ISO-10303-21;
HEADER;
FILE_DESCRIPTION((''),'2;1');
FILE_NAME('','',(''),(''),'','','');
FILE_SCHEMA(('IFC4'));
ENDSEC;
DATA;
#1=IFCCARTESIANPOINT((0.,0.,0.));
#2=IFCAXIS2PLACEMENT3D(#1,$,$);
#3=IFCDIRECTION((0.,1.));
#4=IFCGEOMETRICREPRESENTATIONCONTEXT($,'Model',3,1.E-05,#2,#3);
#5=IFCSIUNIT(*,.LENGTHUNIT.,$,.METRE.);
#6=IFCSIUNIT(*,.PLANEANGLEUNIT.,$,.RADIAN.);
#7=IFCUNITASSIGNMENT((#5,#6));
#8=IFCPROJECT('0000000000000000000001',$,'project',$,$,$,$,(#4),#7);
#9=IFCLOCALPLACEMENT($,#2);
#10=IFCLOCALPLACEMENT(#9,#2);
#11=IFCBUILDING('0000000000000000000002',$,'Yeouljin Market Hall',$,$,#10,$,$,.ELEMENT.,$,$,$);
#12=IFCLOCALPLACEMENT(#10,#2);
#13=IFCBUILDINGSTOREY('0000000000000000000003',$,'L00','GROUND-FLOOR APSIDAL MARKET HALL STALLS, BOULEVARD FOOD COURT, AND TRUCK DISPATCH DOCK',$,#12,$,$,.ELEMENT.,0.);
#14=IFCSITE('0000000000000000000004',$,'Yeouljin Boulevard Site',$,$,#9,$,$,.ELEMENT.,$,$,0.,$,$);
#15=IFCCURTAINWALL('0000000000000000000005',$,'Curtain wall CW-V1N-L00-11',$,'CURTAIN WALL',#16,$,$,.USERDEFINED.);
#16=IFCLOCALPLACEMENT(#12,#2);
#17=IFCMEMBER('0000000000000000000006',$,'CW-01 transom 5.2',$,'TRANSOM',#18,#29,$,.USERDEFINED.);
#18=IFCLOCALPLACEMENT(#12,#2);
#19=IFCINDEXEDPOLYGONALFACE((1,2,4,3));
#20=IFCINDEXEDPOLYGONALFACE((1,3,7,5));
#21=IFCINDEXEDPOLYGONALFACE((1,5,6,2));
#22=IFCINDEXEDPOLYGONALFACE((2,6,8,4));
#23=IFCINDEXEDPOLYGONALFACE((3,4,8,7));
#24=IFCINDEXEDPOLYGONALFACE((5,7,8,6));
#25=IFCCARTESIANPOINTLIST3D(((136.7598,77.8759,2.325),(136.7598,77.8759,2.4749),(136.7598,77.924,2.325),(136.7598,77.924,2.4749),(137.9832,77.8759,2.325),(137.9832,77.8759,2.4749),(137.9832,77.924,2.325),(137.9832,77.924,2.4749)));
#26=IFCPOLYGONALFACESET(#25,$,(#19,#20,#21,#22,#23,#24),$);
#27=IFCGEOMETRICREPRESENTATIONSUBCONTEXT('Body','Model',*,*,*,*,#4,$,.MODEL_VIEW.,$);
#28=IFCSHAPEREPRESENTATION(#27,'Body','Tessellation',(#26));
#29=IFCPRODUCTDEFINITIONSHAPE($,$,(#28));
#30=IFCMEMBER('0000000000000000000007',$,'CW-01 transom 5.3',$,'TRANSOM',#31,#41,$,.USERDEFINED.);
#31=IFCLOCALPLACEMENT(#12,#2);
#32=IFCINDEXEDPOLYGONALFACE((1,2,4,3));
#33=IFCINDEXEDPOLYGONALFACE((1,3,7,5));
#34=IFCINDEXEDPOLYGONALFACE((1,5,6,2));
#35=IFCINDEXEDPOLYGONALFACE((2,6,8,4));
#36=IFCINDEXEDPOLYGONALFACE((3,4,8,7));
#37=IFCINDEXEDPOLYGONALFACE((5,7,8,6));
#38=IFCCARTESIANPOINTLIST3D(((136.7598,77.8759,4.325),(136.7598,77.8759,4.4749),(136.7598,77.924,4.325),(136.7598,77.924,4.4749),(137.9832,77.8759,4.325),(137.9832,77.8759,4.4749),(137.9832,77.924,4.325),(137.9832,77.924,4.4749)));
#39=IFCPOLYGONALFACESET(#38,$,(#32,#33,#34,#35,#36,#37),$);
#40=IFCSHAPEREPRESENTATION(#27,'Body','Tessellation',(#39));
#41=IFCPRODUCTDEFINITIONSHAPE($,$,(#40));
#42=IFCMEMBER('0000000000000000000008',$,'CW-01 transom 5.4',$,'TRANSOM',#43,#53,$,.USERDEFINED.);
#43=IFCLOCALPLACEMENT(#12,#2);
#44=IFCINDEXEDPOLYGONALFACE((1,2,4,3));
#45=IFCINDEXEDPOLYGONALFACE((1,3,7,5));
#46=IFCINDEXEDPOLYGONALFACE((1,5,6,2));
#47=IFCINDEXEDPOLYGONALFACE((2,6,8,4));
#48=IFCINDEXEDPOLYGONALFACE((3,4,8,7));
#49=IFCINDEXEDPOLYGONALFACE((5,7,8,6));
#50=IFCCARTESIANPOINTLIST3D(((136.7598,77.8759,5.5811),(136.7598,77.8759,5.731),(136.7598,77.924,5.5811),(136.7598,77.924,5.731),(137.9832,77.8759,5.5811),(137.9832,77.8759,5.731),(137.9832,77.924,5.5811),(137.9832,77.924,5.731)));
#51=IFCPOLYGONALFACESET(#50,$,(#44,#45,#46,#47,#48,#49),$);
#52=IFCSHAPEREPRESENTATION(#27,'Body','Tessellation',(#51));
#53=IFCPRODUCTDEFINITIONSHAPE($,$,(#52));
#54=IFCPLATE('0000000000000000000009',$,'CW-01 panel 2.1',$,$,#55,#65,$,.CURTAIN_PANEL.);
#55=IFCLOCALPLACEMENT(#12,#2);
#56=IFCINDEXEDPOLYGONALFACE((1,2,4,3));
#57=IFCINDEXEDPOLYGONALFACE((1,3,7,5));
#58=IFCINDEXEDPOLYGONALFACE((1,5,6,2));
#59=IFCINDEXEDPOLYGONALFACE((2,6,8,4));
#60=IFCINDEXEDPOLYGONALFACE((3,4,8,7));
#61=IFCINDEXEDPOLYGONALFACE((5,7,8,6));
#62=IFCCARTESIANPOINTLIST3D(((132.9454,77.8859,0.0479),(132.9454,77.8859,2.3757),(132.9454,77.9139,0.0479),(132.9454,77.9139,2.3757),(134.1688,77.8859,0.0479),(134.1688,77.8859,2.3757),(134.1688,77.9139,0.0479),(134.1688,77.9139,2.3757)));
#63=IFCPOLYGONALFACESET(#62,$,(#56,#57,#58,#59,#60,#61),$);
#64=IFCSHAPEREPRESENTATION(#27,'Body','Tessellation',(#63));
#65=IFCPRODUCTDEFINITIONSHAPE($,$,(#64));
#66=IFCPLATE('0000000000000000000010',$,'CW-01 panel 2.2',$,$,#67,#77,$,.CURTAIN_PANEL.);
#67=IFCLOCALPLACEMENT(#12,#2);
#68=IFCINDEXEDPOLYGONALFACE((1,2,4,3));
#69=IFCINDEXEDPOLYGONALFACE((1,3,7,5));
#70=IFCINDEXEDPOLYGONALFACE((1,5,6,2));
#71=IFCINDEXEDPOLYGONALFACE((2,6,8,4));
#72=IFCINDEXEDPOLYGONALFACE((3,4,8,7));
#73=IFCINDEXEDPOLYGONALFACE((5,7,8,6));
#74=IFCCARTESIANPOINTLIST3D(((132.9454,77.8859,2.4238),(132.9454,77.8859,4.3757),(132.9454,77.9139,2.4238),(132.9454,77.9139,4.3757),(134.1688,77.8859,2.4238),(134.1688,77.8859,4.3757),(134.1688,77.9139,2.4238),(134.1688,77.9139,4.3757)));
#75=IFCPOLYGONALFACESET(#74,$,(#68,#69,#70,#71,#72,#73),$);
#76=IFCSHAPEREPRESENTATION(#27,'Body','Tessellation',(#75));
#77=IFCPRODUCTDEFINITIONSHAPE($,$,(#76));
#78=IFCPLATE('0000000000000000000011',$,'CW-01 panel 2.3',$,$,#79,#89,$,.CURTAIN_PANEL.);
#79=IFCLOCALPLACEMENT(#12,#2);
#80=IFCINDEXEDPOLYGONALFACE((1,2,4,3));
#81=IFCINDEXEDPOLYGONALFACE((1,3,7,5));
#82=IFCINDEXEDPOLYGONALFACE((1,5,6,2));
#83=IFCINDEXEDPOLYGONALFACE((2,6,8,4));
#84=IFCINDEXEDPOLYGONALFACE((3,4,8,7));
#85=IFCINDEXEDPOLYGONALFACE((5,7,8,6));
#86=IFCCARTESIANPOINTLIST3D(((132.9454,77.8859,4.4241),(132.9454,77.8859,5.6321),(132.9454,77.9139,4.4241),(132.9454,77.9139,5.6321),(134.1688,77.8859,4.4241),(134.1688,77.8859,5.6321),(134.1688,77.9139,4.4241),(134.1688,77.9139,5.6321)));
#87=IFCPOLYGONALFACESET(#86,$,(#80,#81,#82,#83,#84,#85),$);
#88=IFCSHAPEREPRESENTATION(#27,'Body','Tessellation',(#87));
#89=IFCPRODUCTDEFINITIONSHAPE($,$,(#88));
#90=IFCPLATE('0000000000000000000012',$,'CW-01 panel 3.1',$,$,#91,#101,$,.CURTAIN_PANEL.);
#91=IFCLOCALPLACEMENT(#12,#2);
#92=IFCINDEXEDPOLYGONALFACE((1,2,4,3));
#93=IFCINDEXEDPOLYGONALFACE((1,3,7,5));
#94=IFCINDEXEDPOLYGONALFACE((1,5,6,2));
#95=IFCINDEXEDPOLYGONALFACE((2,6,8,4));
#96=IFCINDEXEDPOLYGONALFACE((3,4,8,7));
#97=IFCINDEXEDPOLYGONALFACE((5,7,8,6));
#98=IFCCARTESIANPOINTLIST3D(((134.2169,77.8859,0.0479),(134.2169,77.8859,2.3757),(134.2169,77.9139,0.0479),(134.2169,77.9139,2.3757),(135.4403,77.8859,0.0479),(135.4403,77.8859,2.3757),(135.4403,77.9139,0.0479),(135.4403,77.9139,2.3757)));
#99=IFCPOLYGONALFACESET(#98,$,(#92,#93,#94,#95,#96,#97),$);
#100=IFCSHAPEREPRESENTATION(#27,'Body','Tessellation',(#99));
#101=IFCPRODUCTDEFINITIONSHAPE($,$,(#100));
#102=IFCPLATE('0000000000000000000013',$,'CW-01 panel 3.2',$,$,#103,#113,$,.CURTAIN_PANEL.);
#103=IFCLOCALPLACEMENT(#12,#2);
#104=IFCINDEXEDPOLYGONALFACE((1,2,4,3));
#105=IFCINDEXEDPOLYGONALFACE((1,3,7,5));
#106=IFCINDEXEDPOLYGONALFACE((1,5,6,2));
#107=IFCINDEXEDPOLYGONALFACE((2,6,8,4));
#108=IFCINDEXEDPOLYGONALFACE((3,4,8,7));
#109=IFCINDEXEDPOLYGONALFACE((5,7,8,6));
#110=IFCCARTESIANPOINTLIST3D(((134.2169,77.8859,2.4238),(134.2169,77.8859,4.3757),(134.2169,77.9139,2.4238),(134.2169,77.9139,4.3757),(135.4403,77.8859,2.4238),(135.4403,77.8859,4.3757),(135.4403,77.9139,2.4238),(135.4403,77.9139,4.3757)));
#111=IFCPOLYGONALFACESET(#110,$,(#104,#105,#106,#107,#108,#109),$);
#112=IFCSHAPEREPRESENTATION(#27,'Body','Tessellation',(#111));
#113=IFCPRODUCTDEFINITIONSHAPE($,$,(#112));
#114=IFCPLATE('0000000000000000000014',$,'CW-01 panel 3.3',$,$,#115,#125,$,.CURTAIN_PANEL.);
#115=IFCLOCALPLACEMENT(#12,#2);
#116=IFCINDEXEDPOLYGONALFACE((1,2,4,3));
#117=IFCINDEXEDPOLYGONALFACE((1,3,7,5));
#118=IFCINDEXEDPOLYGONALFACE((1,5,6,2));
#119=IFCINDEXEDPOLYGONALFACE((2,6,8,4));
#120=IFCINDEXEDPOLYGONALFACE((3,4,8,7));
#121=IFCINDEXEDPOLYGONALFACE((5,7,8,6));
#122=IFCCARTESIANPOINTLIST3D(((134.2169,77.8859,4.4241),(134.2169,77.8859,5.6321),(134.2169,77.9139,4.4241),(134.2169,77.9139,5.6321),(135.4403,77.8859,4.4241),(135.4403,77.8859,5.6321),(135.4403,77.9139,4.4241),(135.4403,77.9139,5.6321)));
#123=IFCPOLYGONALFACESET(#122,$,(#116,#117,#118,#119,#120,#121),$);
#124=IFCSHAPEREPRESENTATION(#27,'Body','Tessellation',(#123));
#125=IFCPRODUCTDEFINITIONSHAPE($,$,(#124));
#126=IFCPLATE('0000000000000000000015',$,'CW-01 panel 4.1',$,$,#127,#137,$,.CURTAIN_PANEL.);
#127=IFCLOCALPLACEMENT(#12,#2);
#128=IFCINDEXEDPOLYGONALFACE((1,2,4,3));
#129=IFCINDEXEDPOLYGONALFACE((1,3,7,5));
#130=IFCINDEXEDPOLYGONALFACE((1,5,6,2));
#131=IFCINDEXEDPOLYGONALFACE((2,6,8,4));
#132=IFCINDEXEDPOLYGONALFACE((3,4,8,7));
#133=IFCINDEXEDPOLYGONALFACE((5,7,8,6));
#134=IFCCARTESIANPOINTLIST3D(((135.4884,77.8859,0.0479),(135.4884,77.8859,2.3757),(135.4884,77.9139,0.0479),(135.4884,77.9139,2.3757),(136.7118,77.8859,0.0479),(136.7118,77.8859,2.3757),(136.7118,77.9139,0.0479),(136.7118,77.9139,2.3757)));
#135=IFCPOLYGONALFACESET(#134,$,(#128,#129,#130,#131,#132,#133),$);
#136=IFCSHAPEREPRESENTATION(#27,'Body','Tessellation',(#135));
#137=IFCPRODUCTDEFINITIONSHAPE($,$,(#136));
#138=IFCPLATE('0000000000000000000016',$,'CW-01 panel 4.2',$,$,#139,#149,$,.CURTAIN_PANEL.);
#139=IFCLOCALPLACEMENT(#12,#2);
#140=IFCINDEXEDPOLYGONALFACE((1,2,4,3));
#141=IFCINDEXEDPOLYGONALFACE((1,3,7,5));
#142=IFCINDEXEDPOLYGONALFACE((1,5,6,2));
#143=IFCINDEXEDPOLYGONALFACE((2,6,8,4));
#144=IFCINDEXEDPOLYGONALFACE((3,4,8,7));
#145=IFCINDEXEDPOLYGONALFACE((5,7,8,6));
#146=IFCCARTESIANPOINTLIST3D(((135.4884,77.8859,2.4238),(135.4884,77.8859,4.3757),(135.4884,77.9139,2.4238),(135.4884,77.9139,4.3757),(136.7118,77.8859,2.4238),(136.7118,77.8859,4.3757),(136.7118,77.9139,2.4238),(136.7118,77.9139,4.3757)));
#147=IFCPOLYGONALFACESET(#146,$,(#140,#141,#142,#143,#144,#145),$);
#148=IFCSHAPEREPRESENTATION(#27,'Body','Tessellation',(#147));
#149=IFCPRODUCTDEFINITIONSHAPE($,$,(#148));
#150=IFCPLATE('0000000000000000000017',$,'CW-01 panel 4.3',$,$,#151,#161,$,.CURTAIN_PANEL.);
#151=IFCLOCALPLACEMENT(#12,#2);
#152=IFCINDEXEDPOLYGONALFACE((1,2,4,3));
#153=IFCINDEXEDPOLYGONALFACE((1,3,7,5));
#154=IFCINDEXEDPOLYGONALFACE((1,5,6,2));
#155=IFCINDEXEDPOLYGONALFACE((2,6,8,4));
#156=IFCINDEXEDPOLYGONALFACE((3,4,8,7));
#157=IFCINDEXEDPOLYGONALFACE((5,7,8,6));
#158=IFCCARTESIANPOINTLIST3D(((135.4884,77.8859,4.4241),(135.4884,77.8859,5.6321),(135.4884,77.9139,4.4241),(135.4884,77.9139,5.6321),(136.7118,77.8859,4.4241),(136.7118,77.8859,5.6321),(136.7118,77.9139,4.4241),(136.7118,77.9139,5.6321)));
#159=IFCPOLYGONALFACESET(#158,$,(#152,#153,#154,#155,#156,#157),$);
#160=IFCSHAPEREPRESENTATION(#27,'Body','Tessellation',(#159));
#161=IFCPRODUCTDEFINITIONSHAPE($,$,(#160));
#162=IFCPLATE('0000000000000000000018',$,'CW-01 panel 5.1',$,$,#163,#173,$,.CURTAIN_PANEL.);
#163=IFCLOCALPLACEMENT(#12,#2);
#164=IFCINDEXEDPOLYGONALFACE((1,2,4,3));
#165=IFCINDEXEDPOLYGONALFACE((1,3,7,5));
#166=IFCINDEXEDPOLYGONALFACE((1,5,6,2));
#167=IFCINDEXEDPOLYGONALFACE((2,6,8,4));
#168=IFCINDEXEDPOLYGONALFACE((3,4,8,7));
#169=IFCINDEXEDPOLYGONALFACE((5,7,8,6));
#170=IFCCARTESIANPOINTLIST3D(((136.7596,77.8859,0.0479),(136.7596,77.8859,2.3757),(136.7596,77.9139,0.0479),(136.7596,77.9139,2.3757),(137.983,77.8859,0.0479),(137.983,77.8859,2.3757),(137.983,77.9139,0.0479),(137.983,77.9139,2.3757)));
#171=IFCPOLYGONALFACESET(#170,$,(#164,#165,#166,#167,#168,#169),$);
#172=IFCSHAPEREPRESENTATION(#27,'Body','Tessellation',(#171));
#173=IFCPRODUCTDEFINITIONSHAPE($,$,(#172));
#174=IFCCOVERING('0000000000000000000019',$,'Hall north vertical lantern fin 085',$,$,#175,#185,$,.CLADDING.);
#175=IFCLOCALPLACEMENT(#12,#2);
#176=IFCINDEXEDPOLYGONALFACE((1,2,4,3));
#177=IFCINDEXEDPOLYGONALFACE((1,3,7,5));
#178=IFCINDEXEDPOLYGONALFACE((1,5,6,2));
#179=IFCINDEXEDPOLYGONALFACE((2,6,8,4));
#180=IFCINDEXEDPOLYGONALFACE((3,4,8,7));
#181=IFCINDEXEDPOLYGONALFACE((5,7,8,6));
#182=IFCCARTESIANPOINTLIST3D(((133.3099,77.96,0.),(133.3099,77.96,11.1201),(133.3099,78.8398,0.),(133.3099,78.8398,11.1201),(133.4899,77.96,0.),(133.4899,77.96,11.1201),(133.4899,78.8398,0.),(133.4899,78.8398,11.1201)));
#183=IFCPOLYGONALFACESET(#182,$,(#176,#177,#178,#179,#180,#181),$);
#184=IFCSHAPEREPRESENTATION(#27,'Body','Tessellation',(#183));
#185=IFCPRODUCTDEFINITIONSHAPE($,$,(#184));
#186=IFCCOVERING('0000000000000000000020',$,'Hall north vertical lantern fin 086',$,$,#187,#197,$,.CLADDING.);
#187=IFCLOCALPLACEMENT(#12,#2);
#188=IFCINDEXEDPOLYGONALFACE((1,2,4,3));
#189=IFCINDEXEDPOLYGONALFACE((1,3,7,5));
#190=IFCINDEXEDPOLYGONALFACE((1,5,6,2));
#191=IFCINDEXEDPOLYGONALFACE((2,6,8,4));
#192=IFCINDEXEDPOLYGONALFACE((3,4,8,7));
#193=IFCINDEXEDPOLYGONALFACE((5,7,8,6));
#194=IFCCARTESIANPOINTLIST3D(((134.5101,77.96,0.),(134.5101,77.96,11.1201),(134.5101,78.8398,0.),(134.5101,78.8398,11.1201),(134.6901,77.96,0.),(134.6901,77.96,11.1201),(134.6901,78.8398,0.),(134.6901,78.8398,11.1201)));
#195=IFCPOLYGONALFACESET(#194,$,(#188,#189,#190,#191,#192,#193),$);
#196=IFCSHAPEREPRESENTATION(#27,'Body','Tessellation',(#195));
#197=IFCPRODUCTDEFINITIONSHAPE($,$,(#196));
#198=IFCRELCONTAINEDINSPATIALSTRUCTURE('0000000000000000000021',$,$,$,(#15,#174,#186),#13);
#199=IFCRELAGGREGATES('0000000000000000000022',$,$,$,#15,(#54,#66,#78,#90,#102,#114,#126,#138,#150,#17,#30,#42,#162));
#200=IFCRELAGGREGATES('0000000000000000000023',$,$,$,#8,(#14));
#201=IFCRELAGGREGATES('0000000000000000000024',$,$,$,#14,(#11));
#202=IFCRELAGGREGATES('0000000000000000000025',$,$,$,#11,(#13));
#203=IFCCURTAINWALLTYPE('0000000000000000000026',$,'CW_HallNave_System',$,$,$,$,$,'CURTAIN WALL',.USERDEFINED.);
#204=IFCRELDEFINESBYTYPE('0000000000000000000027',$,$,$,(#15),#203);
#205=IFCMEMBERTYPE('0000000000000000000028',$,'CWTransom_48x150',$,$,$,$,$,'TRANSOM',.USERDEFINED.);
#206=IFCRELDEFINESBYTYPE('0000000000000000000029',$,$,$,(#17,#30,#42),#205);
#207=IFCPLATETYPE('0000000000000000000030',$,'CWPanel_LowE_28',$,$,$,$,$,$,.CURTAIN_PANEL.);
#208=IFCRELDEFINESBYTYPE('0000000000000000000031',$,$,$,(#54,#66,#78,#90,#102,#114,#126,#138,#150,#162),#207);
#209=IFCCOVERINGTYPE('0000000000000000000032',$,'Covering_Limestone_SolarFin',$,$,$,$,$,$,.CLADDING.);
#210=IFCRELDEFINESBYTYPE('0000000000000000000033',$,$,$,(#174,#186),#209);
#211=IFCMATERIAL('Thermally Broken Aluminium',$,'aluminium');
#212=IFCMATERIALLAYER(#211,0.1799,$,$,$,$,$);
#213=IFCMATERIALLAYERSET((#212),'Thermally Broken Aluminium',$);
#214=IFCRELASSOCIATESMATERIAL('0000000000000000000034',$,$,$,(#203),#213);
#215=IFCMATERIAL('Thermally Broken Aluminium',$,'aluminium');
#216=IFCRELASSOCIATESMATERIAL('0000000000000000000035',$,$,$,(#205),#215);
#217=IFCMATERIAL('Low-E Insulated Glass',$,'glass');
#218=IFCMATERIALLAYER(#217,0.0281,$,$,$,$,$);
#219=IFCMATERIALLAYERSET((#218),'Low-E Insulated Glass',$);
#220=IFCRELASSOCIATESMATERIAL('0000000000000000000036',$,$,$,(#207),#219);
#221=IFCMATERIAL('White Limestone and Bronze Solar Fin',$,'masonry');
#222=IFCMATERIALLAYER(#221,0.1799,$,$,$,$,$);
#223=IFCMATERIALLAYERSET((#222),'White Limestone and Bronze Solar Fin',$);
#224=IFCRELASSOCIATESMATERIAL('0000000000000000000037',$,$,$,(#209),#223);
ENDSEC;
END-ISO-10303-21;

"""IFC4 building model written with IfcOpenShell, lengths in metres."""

from ifc_helpers import new_model, si_unit, direction, frame, origin, origin_2d, place, context, subcontext, project, spatial, rectangle, extrude, material, layer, layer_set, material_profile, profile_set, type_object, element, aggregate, save


model = new_model("IFC4")

# Units and contexts
model_context = context("Model", 3, precision=1e-05, world=origin(), true_north=direction((0.0, 1.0)))
body_context = subcontext(model_context, "Body", "Model", "MODEL_VIEW")
ifc_project = project(units=[si_unit("LENGTHUNIT", "METRE"), si_unit("PLANEANGLEUNIT", "RADIAN")], contexts=[model_context])

# Site, building, storey
site_placement = place(None, origin())
site = spatial("IfcSite", under=ifc_project, at=site_placement, Name="Yeouljin Boulevard Site", CompositionType="ELEMENT", RefElevation=0.0)
building_placement = place(site_placement, origin())
building = spatial("IfcBuilding", under=site, at=building_placement, Name="Yeouljin Market Hall", CompositionType="ELEMENT")
storey_placement = place(building_placement, origin())
storey = spatial("IfcBuildingStorey", under=building, at=storey_placement, Name="L00", Description="GROUND-FLOOR APSIDAL MARKET HALL STALLS, BOULEVARD FOOD COURT, AND TRUCK DISPATCH DOCK", CompositionType="ELEMENT", Elevation=0.0)

# Curtain wall, members, plates
ifc_material_1 = material(Name="Thermally Broken Aluminium", Category="aluminium")
ifc_layer_1 = layer(ifc_material_1, 0.1799)
ifc_layer_set_1 = layer_set([ifc_layer_1], Name="Thermally Broken Aluminium")
curtain_wall_type = type_object("IfcCurtainWallType", Name="CW_HallNave_System", ElementType="CURTAIN WALL", PredefinedType="USERDEFINED", material=ifc_layer_set_1)
curtain_wall_placement = place(storey_placement, origin())
curtain_wall = element("IfcCurtainWall", 1, at=curtain_wall_placement, inside=storey, type_object=curtain_wall_type, Name="Curtain wall CW-V1N-L00-11", ObjectType="CURTAIN WALL", PredefinedType="USERDEFINED")
ifc_material_2 = material(Name="Thermally Broken Aluminium", Category="aluminium")
ifc_material_profile_1 = material_profile(ifc_material_2, rectangle(XDim=0.0481, YDim=0.1499, at=origin_2d()), Name="CW-TRAN-48x150")
ifc_profile_set_1 = profile_set([ifc_material_profile_1], Name="Thermally Broken Aluminium")
member_type_1 = type_object("IfcMemberType", Name="CWTransom_48x150", ElementType="TRANSOM", PredefinedType="USERDEFINED", material=ifc_profile_set_1)
member_1_placement = place(storey_placement, frame((136.7598, 77.8999, 2.3999), z_axis=(1.0, 0.0, 0.0), x_axis=(0.0, 1.0, 0.0)))
member_1 = element("IfcMember", 2, at=member_1_placement, type_object=member_type_1, Name="CW-01 transom 5.2", ObjectType="TRANSOM", PredefinedType="USERDEFINED", context=body_context, shape_type="SweptSolid", body=[
    extrude(rectangle(XDim=0.0481, YDim=0.1499, at=origin_2d()), origin(), (0.0, 0.0, 1.0), 1.2234),
])
member_2_placement = place(storey_placement, frame((136.7598, 77.8999, 4.3999), z_axis=(1.0, 0.0, 0.0), x_axis=(0.0, 1.0, 0.0)))
member_2 = element("IfcMember", 3, at=member_2_placement, type_object=member_type_1, Name="CW-01 transom 5.3", ObjectType="TRANSOM", PredefinedType="USERDEFINED", context=body_context, shape_type="SweptSolid", body=[
    extrude(rectangle(XDim=0.0481, YDim=0.1499, at=origin_2d()), origin(), (0.0, 0.0, 1.0), 1.2234),
])
member_3_placement = place(storey_placement, frame((136.7598, 77.8999, 5.656), z_axis=(1.0, 0.0, 0.0), x_axis=(0.0, 1.0, 0.0)))
member_3 = element("IfcMember", 4, at=member_3_placement, type_object=member_type_1, Name="CW-01 transom 5.4", ObjectType="TRANSOM", PredefinedType="USERDEFINED", context=body_context, shape_type="SweptSolid", body=[
    extrude(rectangle(XDim=0.0481, YDim=0.1499, at=origin_2d()), origin(), (0.0, 0.0, 1.0), 1.2234),
])
ifc_material_3 = material(Name="Low-E Insulated Glass", Category="glass")
ifc_layer_2 = layer(ifc_material_3, 0.0281)
ifc_layer_set_2 = layer_set([ifc_layer_2], Name="Low-E Insulated Glass")
plate_type = type_object("IfcPlateType", Name="CWPanel_LowE_28", PredefinedType="CURTAIN_PANEL", material=ifc_layer_set_2)
plate_1_placement = place(storey_placement, frame((133.5571, 77.8999, 0.0479), z_axis=(0.0, 0.0, 1.0), x_axis=(1.0, 0.0, 0.0)))
plate_1 = element("IfcPlate", 5, at=plate_1_placement, type_object=plate_type, Name="CW-01 panel 2.1", PredefinedType="CURTAIN_PANEL", context=body_context, shape_type="SweptSolid", body=[
    extrude(rectangle(XDim=1.2234, YDim=0.0281, at=origin_2d()), origin(), (0.0, 0.0, 1.0), 2.3279),
])
plate_2_placement = place(storey_placement, frame((133.5571, 77.8999, 2.4238), z_axis=(0.0, 0.0, 1.0), x_axis=(1.0, 0.0, 0.0)))
plate_2 = element("IfcPlate", 6, at=plate_2_placement, type_object=plate_type, Name="CW-01 panel 2.2", PredefinedType="CURTAIN_PANEL", context=body_context, shape_type="SweptSolid", body=[
    extrude(rectangle(XDim=1.2234, YDim=0.0281, at=origin_2d()), origin(), (0.0, 0.0, 1.0), 1.9519),
])
plate_3_placement = place(storey_placement, frame((133.5571, 77.8999, 4.4241), z_axis=(0.0, 0.0, 1.0), x_axis=(1.0, 0.0, 0.0)))
plate_3 = element("IfcPlate", 7, at=plate_3_placement, type_object=plate_type, Name="CW-01 panel 2.3", PredefinedType="CURTAIN_PANEL", context=body_context, shape_type="SweptSolid", body=[
    extrude(rectangle(XDim=1.2234, YDim=0.0281, at=origin_2d()), origin(), (0.0, 0.0, 1.0), 1.208),
])
plate_4_placement = place(storey_placement, frame((134.8286, 77.8999, 0.0479), z_axis=(0.0, 0.0, 1.0), x_axis=(1.0, 0.0, 0.0)))
plate_4 = element("IfcPlate", 8, at=plate_4_placement, type_object=plate_type, Name="CW-01 panel 3.1", PredefinedType="CURTAIN_PANEL", context=body_context, shape_type="SweptSolid", body=[
    extrude(rectangle(XDim=1.2234, YDim=0.0281, at=origin_2d()), origin(), (0.0, 0.0, 1.0), 2.3279),
])
plate_5_placement = place(storey_placement, frame((134.8286, 77.8999, 2.4238), z_axis=(0.0, 0.0, 1.0), x_axis=(1.0, 0.0, 0.0)))
plate_5 = element("IfcPlate", 9, at=plate_5_placement, type_object=plate_type, Name="CW-01 panel 3.2", PredefinedType="CURTAIN_PANEL", context=body_context, shape_type="SweptSolid", body=[
    extrude(rectangle(XDim=1.2234, YDim=0.0281, at=origin_2d()), origin(), (0.0, 0.0, 1.0), 1.9519),
])
plate_6_placement = place(storey_placement, frame((134.8286, 77.8999, 4.4241), z_axis=(0.0, 0.0, 1.0), x_axis=(1.0, 0.0, 0.0)))
plate_6 = element("IfcPlate", 10, at=plate_6_placement, type_object=plate_type, Name="CW-01 panel 3.3", PredefinedType="CURTAIN_PANEL", context=body_context, shape_type="SweptSolid", body=[
    extrude(rectangle(XDim=1.2234, YDim=0.0281, at=origin_2d()), origin(), (0.0, 0.0, 1.0), 1.208),
])
plate_7_placement = place(storey_placement, frame((136.1001, 77.8999, 0.0479), z_axis=(0.0, 0.0, 1.0), x_axis=(1.0, 0.0, 0.0)))
plate_7 = element("IfcPlate", 11, at=plate_7_placement, type_object=plate_type, Name="CW-01 panel 4.1", PredefinedType="CURTAIN_PANEL", context=body_context, shape_type="SweptSolid", body=[
    extrude(rectangle(XDim=1.2234, YDim=0.0281, at=origin_2d()), origin(), (0.0, 0.0, 1.0), 2.3279),
])
plate_8_placement = place(storey_placement, frame((136.1001, 77.8999, 2.4238), z_axis=(0.0, 0.0, 1.0), x_axis=(1.0, 0.0, 0.0)))
plate_8 = element("IfcPlate", 12, at=plate_8_placement, type_object=plate_type, Name="CW-01 panel 4.2", PredefinedType="CURTAIN_PANEL", context=body_context, shape_type="SweptSolid", body=[
    extrude(rectangle(XDim=1.2234, YDim=0.0281, at=origin_2d()), origin(), (0.0, 0.0, 1.0), 1.9519),
])
plate_9_placement = place(storey_placement, frame((136.1001, 77.8999, 4.4241), z_axis=(0.0, 0.0, 1.0), x_axis=(1.0, 0.0, 0.0)))
plate_9 = element("IfcPlate", 13, at=plate_9_placement, type_object=plate_type, Name="CW-01 panel 4.3", PredefinedType="CURTAIN_PANEL", context=body_context, shape_type="SweptSolid", body=[
    extrude(rectangle(XDim=1.2234, YDim=0.0281, at=origin_2d()), origin(), (0.0, 0.0, 1.0), 1.208),
])
plate_10_placement = place(storey_placement, frame((137.3713, 77.8999, 0.0479), z_axis=(0.0, 0.0, 1.0), x_axis=(1.0, 0.0, 0.0)))
plate_10 = element("IfcPlate", 14, at=plate_10_placement, type_object=plate_type, Name="CW-01 panel 5.1", PredefinedType="CURTAIN_PANEL", context=body_context, shape_type="SweptSolid", body=[
    extrude(rectangle(XDim=1.2234, YDim=0.0281, at=origin_2d()), origin(), (0.0, 0.0, 1.0), 2.3279),
])
aggregate(curtain_wall, [plate_1, plate_2, plate_3, plate_4, plate_5, plate_6, plate_7, plate_8, plate_9, member_1, member_2, member_3, plate_10])

# Coverings
ifc_material_4 = material(Name="White Limestone and Bronze Solar Fin", Category="masonry")
ifc_layer_3 = layer(ifc_material_4, 0.1799)
ifc_layer_set_3 = layer_set([ifc_layer_3], Name="White Limestone and Bronze Solar Fin")
covering_type = type_object("IfcCoveringType", Name="Covering_Limestone_SolarFin", PredefinedType="CLADDING", material=ifc_layer_set_3)
for number, where, z_axis, x_axis, name in (
    (15, (133.3999, 78.3999, 0.0), (0.0, 0.0, 1.0), (1.0, 0.0, 0.0), "Hall north vertical lantern fin 085"),
    (16, (134.6001, 78.3999, 0.0), (0.0, 0.0, 1.0), (1.0, 0.0, 0.0), "Hall north vertical lantern fin 086"),
):
    element("IfcCovering", number, at=place(storey_placement, frame(where, z_axis=z_axis, x_axis=x_axis)), inside=storey, type_object=covering_type, Name=name, PredefinedType="CLADDING", context=body_context, shape_type="SweptSolid", body=[
        extrude(rectangle(XDim=0.1799, YDim=0.8799, at=origin_2d()), origin(), (0.0, 0.0, 1.0), 11.1201),
    ])

save(model, "model.ifc")
